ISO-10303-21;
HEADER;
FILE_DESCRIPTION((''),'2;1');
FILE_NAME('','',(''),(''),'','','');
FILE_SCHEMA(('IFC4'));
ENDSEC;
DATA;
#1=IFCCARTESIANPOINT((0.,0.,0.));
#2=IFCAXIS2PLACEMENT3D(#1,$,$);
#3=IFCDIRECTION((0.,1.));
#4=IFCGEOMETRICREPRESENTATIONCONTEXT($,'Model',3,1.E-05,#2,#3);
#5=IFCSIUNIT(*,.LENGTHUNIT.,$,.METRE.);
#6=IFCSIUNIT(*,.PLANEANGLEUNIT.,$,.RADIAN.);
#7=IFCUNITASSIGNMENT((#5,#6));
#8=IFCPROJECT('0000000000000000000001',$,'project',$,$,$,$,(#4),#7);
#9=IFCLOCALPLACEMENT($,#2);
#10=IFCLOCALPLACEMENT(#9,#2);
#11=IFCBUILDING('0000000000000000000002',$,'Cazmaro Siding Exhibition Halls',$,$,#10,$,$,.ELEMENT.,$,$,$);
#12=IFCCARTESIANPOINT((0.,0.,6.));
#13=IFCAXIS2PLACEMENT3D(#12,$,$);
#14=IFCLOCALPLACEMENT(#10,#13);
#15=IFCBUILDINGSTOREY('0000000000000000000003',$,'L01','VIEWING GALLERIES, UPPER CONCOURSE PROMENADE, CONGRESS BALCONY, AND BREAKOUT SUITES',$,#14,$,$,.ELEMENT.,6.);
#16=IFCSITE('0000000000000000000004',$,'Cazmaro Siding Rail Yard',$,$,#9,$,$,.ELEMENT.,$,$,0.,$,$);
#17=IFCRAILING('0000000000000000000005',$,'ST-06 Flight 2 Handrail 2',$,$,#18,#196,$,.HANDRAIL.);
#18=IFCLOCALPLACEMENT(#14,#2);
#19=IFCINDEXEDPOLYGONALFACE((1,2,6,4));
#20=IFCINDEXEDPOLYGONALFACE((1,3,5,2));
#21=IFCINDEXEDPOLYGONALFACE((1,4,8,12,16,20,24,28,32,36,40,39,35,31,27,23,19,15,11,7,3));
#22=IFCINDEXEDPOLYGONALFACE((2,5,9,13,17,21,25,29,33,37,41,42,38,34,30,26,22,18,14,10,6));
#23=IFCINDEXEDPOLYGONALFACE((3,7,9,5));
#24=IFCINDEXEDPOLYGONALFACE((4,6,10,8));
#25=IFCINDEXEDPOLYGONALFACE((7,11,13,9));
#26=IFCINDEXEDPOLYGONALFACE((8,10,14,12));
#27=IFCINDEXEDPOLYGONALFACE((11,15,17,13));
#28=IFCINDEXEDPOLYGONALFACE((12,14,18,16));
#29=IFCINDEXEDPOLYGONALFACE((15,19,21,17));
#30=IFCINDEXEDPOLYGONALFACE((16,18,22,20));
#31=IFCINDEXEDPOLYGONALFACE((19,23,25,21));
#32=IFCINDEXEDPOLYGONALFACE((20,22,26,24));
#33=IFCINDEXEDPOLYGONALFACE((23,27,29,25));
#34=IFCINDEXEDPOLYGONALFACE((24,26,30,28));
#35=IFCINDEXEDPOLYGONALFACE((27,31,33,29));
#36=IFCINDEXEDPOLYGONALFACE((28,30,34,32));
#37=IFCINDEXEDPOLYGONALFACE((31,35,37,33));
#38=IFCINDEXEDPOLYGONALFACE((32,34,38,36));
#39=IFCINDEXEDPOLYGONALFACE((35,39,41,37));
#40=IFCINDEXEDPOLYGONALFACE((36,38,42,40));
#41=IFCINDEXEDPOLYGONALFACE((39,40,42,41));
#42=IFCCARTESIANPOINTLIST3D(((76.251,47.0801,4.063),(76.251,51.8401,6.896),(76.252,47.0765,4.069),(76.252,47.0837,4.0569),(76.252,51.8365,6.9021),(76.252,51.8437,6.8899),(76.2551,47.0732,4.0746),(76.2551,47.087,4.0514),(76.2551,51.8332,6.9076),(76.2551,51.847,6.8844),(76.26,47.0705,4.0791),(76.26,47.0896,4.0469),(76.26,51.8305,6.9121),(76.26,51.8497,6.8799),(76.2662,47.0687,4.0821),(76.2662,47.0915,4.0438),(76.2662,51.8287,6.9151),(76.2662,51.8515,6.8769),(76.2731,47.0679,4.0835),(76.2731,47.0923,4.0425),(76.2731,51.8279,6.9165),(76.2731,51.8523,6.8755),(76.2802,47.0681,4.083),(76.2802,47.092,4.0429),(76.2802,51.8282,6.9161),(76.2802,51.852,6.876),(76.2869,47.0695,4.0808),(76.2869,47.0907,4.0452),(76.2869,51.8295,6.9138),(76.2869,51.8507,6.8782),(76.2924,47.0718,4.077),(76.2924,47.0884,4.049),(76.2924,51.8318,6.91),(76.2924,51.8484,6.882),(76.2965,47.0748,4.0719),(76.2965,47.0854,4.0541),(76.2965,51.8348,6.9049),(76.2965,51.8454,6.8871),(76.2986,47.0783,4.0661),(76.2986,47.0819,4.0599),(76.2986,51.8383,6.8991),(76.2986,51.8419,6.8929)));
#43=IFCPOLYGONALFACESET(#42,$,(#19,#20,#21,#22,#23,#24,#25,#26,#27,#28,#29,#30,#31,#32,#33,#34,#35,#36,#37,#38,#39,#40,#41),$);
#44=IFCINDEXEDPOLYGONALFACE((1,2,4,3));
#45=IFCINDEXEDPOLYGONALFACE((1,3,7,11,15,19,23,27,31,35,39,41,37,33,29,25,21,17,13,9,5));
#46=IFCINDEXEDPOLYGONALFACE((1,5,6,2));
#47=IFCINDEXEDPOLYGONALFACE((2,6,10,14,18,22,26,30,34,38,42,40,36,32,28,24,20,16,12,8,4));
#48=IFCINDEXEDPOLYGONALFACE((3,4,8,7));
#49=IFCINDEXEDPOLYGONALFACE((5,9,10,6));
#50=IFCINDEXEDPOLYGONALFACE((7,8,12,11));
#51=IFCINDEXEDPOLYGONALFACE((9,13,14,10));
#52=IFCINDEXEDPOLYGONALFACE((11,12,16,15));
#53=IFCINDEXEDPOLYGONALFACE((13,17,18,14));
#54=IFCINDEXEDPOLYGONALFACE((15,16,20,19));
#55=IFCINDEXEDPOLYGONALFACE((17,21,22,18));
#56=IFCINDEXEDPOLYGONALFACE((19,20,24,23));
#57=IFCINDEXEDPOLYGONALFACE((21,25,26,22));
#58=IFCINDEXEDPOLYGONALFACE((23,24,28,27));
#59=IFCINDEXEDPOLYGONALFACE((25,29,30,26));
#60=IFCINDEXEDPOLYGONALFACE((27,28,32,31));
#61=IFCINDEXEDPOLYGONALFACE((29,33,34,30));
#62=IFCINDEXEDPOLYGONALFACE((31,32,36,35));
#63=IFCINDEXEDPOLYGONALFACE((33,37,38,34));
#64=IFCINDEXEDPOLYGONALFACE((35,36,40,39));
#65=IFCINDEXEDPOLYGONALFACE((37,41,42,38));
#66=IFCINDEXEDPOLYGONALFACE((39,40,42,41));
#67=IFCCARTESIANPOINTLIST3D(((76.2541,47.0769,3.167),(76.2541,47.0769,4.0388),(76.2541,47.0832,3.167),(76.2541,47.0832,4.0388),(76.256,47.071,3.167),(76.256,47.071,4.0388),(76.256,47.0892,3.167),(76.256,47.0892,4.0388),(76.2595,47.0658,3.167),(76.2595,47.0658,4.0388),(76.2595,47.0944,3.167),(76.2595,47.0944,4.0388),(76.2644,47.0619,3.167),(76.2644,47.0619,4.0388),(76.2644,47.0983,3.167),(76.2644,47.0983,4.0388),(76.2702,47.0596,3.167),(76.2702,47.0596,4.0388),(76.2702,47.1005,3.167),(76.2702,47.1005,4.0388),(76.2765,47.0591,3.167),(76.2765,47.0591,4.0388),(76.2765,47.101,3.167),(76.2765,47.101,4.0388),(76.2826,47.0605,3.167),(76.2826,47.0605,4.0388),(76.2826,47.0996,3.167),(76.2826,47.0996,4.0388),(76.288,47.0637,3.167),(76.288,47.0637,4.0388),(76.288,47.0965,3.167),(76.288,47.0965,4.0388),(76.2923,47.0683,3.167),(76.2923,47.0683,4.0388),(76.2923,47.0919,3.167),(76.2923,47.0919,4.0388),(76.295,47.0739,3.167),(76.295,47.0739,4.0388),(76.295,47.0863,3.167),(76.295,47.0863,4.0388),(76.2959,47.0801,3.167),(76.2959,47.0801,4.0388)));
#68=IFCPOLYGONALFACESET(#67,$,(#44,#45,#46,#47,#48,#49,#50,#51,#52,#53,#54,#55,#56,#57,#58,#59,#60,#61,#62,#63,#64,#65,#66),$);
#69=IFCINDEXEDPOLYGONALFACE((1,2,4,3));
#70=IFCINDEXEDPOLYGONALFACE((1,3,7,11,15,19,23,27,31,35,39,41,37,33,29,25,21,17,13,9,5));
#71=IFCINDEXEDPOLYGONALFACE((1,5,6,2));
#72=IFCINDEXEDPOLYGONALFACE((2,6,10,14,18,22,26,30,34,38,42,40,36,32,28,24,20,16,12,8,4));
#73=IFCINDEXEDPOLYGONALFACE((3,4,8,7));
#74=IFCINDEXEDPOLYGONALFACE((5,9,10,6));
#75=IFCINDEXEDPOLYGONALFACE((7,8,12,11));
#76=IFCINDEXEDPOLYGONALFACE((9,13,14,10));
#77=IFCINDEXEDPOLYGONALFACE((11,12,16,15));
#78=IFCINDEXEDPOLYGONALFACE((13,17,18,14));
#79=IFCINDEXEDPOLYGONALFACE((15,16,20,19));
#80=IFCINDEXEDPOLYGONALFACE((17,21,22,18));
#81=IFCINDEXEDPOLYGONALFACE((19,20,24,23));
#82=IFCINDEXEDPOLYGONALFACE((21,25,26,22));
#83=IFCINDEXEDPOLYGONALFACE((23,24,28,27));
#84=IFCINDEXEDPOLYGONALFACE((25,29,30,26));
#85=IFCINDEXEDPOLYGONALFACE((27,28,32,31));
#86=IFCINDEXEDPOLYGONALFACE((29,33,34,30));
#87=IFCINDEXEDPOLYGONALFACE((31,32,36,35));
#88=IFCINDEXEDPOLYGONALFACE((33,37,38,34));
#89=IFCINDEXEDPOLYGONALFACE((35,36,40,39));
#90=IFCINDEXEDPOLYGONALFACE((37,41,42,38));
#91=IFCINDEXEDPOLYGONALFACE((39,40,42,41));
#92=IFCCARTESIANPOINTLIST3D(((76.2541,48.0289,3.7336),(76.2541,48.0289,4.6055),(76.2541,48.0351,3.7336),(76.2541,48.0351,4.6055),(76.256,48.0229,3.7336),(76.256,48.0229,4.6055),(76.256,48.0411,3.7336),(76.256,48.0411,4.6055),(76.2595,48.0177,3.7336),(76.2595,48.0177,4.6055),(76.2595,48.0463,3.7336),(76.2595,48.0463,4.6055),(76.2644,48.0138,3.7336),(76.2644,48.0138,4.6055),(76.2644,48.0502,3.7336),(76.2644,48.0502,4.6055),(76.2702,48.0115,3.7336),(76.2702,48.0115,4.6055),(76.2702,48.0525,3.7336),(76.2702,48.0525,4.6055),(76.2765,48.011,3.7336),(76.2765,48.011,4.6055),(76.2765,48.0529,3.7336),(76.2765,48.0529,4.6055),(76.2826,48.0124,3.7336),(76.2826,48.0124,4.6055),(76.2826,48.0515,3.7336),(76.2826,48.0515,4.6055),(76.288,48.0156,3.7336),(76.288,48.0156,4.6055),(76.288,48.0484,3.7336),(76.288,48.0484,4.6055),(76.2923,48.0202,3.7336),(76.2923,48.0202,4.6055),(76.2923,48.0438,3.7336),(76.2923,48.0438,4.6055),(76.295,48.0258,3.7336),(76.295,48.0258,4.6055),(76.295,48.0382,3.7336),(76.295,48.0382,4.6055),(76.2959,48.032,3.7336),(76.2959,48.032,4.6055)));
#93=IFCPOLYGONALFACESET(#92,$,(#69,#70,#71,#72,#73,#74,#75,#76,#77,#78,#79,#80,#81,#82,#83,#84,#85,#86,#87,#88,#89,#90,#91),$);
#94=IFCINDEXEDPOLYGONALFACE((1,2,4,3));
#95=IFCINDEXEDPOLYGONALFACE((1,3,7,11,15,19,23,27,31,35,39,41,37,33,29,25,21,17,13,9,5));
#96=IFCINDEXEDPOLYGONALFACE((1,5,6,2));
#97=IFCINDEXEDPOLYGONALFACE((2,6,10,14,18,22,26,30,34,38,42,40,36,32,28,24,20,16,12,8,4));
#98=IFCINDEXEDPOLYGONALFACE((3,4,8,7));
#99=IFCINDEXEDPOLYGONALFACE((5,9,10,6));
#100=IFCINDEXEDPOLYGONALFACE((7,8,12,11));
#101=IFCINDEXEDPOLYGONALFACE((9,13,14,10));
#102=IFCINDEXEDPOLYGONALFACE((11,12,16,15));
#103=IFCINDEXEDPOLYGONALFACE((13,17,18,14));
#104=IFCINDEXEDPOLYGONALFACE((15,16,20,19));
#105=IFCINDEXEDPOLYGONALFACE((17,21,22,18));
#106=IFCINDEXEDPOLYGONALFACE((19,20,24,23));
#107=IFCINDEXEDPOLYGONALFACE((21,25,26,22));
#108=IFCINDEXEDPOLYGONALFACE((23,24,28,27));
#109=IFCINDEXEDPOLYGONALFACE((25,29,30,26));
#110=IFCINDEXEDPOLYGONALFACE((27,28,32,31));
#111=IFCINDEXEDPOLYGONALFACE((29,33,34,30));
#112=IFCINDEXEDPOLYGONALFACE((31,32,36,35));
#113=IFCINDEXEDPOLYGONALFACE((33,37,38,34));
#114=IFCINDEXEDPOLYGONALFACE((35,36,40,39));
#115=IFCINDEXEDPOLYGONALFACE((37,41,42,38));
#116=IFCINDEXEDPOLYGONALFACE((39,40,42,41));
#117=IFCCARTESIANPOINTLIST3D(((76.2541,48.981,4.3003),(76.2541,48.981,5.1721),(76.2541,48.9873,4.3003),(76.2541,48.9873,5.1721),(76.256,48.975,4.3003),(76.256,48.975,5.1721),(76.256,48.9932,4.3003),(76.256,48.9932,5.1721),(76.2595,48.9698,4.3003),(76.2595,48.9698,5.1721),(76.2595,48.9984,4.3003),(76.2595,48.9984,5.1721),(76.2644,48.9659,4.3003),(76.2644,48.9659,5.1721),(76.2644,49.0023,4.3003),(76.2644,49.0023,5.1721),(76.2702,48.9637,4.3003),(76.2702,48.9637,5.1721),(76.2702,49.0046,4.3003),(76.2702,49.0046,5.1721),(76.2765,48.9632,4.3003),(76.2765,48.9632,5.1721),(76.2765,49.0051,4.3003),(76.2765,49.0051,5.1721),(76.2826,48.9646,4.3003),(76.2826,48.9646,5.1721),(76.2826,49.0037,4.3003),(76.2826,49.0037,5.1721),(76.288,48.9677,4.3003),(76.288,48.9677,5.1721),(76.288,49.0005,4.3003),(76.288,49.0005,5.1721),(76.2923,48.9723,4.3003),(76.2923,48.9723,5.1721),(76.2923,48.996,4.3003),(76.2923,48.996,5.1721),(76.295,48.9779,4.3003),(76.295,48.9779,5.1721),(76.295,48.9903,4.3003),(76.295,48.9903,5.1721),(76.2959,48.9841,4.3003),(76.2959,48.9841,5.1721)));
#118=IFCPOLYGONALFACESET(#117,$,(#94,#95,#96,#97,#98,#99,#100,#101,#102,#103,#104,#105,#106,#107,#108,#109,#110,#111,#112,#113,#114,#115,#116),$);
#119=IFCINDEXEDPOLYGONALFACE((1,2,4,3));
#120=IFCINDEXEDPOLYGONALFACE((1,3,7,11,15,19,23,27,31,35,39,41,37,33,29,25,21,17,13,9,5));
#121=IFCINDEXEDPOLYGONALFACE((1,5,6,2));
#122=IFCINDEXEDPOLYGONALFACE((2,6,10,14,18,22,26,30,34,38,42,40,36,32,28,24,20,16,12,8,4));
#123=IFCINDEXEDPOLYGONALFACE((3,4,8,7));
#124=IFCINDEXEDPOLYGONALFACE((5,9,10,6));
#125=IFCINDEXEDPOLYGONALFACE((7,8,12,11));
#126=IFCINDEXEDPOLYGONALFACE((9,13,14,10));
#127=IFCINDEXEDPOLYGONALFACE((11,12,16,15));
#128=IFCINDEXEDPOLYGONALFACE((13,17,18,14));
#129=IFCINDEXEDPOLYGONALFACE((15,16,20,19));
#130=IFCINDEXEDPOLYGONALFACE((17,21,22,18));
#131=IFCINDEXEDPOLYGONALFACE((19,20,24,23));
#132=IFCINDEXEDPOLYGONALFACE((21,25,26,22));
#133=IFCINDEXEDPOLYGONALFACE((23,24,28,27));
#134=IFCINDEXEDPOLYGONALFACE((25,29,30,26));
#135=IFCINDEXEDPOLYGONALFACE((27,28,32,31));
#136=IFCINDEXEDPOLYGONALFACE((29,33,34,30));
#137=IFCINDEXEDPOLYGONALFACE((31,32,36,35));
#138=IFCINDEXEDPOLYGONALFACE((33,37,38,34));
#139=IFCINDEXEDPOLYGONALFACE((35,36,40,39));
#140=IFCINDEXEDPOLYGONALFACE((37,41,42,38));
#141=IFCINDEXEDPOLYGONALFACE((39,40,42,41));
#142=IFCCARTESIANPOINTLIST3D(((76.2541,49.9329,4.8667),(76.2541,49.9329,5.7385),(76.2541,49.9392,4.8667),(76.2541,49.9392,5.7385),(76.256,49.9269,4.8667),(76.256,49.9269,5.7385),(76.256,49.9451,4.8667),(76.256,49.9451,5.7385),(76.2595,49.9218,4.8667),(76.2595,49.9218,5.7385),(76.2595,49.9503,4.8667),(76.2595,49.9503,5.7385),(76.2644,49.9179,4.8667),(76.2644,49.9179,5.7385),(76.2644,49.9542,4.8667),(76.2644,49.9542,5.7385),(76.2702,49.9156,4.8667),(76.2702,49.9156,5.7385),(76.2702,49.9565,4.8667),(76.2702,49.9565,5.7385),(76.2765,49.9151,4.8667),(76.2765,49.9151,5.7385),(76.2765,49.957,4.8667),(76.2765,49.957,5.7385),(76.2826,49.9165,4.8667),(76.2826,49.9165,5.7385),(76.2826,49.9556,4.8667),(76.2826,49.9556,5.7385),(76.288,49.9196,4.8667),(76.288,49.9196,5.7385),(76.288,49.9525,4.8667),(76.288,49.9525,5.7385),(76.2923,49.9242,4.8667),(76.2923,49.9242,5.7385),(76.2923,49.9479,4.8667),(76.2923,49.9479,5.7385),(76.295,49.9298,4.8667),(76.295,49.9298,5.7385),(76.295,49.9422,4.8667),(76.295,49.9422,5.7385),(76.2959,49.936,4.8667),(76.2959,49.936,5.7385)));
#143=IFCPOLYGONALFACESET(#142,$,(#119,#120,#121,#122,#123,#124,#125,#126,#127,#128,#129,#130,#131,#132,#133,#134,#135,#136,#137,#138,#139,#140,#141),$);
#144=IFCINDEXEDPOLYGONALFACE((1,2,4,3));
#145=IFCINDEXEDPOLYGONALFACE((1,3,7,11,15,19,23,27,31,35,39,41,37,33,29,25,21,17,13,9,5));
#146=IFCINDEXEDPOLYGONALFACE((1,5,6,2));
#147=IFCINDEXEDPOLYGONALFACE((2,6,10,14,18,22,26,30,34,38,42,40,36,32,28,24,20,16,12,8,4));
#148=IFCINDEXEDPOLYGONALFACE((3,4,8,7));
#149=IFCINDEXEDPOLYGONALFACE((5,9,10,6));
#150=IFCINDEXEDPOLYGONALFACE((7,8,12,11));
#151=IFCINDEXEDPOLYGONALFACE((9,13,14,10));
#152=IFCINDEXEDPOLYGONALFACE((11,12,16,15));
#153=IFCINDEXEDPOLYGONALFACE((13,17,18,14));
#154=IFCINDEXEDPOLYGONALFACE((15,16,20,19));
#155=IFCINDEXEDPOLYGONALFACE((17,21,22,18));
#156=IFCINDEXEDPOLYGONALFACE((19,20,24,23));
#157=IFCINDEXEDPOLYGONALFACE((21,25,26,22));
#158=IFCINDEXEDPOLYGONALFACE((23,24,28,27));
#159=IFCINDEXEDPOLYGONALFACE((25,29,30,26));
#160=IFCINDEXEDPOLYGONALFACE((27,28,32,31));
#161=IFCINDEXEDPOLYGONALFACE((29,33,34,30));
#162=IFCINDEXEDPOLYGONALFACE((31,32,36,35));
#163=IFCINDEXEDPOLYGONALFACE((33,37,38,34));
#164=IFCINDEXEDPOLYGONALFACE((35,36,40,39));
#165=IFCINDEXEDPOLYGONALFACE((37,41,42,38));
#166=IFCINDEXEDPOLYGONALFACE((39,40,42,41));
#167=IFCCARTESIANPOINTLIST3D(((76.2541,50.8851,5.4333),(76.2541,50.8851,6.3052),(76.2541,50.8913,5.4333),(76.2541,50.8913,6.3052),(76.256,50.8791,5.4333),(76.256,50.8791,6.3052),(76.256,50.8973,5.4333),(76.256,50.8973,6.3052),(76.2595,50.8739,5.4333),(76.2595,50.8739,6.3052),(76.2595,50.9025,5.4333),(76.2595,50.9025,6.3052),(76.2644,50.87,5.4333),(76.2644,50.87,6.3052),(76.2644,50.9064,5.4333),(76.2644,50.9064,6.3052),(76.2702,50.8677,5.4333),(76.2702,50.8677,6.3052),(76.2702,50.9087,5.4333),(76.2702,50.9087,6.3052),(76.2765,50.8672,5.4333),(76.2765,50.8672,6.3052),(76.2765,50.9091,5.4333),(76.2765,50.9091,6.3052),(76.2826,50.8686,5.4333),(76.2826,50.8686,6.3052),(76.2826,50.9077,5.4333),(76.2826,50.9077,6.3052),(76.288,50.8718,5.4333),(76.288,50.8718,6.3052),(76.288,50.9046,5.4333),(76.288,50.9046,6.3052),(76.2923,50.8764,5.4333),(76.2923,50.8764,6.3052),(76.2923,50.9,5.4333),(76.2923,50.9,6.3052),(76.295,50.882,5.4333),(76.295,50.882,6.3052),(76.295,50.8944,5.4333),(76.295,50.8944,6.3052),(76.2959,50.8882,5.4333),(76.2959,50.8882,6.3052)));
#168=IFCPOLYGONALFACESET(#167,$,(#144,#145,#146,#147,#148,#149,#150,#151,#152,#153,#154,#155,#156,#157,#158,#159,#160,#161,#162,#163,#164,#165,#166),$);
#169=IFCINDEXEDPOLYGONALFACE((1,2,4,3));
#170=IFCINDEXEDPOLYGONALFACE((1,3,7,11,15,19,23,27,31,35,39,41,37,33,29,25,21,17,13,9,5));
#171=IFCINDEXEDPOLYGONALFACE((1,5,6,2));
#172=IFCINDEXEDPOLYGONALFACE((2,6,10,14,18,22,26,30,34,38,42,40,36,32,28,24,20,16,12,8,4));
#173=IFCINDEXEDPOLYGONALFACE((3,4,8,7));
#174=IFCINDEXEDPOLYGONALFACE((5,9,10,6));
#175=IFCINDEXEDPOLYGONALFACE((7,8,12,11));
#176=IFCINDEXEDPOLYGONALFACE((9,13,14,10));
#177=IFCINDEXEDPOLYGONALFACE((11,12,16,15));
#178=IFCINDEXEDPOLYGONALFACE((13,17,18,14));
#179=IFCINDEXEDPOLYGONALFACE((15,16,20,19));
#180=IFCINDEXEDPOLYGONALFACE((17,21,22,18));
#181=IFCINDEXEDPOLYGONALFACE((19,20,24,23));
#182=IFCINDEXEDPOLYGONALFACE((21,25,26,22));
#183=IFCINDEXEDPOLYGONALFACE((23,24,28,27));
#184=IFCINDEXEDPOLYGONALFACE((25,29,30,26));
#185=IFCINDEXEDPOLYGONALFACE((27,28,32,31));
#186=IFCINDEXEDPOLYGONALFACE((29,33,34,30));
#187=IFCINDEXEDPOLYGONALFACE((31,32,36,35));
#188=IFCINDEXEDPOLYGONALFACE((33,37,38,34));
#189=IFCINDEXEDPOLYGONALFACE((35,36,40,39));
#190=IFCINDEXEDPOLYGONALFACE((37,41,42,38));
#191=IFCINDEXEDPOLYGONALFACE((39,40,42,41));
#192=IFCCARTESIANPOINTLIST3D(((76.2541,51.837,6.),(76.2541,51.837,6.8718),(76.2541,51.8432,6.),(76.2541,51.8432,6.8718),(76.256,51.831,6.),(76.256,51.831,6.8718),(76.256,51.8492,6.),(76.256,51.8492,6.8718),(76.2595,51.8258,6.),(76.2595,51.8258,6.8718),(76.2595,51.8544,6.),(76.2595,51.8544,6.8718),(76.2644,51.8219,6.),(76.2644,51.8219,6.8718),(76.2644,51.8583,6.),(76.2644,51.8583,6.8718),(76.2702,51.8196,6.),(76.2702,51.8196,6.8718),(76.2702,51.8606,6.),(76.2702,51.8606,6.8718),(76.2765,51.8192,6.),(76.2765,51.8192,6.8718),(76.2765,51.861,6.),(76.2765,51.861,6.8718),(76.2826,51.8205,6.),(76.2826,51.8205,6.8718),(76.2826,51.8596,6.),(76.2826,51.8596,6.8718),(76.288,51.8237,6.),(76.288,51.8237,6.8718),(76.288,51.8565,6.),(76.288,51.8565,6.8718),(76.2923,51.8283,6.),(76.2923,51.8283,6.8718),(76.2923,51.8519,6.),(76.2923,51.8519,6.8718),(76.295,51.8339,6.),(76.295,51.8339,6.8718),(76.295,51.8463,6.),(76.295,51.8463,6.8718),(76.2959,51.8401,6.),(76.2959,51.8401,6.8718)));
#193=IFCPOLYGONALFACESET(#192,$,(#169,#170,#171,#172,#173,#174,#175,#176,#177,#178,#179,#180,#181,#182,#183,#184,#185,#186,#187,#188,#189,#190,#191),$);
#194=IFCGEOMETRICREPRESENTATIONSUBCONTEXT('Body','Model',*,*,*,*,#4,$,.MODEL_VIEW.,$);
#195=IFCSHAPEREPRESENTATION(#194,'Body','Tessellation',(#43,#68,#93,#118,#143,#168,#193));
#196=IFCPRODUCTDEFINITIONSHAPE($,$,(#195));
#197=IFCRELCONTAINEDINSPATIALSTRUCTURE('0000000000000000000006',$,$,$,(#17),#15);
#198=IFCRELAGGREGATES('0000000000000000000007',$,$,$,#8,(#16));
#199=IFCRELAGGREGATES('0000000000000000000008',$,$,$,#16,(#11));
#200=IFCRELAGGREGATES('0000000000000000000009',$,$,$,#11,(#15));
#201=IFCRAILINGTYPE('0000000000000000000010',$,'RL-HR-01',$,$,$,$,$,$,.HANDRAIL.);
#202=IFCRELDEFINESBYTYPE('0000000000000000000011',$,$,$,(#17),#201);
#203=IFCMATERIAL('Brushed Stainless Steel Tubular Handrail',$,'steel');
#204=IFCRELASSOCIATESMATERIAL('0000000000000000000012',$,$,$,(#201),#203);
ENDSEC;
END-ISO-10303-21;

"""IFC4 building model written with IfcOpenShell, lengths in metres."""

from ifc_helpers import new_model, si_unit, direction, frame, origin, origin_2d, place, context, subcontext, project, spatial, circle, extrude, material, type_object, element, save


model = new_model("IFC4")

# Units and contexts
model_context = context("Model", 3, precision=1e-05, world=origin(), true_north=direction((0.0, 1.0)))
body_context = subcontext(model_context, "Body", "Model", "MODEL_VIEW")
ifc_project = project(units=[si_unit("LENGTHUNIT", "METRE"), si_unit("PLANEANGLEUNIT", "RADIAN")], contexts=[model_context])

# Site, building, storey
site_placement = place(None, origin())
site = spatial("IfcSite", under=ifc_project, at=site_placement, Name="Cazmaro Siding Rail Yard", CompositionType="ELEMENT", RefElevation=0.0)
building_placement = place(site_placement, origin())
building = spatial("IfcBuilding", under=site, at=building_placement, Name="Cazmaro Siding Exhibition Halls", CompositionType="ELEMENT")
storey_placement = place(building_placement, frame((0.0, 0.0, 6.0)))
storey = spatial("IfcBuildingStorey", under=building, at=storey_placement, Name="L01", Description="VIEWING GALLERIES, UPPER CONCOURSE PROMENADE, CONGRESS BALCONY, AND BREAKOUT SUITES", CompositionType="ELEMENT", Elevation=6.0)

# Railing
ifc_material_1 = material(Name="Brushed Stainless Steel Tubular Handrail", Category="steel")
railing_type_1 = type_object("IfcRailingType", Name="RL-HR-01", PredefinedType="HANDRAIL", material=ifc_material_1)
railing_1_placement = place(storey_placement, frame((76.2749, 47.0801, 3.167)))
element("IfcRailing", 1, at=railing_1_placement, inside=storey, type_object=railing_type_1, Name="ST-06 Flight 2 Handrail 2", PredefinedType="HANDRAIL", context=body_context, shape_type="SweptSolid", body=[
    extrude(circle(Radius=0.0239, at=origin_2d()), frame((0.0, 0.0, 0.896), z_axis=(0.0, 0.859319, 0.51144), x_axis=(-1.0, 0.0, 0.0)), (0.0, 0.0, 1.0), 5.5393),
    extrude(circle(Radius=0.021, at=origin_2d()), origin(), (0.0, 0.0, 1.0), 0.8718),
    extrude(circle(Radius=0.021, at=origin_2d()), frame((0.0, 0.9519, 0.5667)), (0.0, 0.0, 1.0), 0.8718),
    extrude(circle(Radius=0.021, at=origin_2d()), frame((0.0, 1.9041, 1.1333)), (0.0, 0.0, 1.0), 0.8718),
    extrude(circle(Radius=0.021, at=origin_2d()), frame((0.0, 2.856, 1.6997)), (0.0, 0.0, 1.0), 0.8718),
    extrude(circle(Radius=0.021, at=origin_2d()), frame((0.0, 3.8081, 2.2664)), (0.0, 0.0, 1.0), 0.8718),
    extrude(circle(Radius=0.021, at=origin_2d()), frame((0.0, 4.76, 2.833)), (0.0, 0.0, 1.0), 0.8718),
])

save(model, "model.ifc")
